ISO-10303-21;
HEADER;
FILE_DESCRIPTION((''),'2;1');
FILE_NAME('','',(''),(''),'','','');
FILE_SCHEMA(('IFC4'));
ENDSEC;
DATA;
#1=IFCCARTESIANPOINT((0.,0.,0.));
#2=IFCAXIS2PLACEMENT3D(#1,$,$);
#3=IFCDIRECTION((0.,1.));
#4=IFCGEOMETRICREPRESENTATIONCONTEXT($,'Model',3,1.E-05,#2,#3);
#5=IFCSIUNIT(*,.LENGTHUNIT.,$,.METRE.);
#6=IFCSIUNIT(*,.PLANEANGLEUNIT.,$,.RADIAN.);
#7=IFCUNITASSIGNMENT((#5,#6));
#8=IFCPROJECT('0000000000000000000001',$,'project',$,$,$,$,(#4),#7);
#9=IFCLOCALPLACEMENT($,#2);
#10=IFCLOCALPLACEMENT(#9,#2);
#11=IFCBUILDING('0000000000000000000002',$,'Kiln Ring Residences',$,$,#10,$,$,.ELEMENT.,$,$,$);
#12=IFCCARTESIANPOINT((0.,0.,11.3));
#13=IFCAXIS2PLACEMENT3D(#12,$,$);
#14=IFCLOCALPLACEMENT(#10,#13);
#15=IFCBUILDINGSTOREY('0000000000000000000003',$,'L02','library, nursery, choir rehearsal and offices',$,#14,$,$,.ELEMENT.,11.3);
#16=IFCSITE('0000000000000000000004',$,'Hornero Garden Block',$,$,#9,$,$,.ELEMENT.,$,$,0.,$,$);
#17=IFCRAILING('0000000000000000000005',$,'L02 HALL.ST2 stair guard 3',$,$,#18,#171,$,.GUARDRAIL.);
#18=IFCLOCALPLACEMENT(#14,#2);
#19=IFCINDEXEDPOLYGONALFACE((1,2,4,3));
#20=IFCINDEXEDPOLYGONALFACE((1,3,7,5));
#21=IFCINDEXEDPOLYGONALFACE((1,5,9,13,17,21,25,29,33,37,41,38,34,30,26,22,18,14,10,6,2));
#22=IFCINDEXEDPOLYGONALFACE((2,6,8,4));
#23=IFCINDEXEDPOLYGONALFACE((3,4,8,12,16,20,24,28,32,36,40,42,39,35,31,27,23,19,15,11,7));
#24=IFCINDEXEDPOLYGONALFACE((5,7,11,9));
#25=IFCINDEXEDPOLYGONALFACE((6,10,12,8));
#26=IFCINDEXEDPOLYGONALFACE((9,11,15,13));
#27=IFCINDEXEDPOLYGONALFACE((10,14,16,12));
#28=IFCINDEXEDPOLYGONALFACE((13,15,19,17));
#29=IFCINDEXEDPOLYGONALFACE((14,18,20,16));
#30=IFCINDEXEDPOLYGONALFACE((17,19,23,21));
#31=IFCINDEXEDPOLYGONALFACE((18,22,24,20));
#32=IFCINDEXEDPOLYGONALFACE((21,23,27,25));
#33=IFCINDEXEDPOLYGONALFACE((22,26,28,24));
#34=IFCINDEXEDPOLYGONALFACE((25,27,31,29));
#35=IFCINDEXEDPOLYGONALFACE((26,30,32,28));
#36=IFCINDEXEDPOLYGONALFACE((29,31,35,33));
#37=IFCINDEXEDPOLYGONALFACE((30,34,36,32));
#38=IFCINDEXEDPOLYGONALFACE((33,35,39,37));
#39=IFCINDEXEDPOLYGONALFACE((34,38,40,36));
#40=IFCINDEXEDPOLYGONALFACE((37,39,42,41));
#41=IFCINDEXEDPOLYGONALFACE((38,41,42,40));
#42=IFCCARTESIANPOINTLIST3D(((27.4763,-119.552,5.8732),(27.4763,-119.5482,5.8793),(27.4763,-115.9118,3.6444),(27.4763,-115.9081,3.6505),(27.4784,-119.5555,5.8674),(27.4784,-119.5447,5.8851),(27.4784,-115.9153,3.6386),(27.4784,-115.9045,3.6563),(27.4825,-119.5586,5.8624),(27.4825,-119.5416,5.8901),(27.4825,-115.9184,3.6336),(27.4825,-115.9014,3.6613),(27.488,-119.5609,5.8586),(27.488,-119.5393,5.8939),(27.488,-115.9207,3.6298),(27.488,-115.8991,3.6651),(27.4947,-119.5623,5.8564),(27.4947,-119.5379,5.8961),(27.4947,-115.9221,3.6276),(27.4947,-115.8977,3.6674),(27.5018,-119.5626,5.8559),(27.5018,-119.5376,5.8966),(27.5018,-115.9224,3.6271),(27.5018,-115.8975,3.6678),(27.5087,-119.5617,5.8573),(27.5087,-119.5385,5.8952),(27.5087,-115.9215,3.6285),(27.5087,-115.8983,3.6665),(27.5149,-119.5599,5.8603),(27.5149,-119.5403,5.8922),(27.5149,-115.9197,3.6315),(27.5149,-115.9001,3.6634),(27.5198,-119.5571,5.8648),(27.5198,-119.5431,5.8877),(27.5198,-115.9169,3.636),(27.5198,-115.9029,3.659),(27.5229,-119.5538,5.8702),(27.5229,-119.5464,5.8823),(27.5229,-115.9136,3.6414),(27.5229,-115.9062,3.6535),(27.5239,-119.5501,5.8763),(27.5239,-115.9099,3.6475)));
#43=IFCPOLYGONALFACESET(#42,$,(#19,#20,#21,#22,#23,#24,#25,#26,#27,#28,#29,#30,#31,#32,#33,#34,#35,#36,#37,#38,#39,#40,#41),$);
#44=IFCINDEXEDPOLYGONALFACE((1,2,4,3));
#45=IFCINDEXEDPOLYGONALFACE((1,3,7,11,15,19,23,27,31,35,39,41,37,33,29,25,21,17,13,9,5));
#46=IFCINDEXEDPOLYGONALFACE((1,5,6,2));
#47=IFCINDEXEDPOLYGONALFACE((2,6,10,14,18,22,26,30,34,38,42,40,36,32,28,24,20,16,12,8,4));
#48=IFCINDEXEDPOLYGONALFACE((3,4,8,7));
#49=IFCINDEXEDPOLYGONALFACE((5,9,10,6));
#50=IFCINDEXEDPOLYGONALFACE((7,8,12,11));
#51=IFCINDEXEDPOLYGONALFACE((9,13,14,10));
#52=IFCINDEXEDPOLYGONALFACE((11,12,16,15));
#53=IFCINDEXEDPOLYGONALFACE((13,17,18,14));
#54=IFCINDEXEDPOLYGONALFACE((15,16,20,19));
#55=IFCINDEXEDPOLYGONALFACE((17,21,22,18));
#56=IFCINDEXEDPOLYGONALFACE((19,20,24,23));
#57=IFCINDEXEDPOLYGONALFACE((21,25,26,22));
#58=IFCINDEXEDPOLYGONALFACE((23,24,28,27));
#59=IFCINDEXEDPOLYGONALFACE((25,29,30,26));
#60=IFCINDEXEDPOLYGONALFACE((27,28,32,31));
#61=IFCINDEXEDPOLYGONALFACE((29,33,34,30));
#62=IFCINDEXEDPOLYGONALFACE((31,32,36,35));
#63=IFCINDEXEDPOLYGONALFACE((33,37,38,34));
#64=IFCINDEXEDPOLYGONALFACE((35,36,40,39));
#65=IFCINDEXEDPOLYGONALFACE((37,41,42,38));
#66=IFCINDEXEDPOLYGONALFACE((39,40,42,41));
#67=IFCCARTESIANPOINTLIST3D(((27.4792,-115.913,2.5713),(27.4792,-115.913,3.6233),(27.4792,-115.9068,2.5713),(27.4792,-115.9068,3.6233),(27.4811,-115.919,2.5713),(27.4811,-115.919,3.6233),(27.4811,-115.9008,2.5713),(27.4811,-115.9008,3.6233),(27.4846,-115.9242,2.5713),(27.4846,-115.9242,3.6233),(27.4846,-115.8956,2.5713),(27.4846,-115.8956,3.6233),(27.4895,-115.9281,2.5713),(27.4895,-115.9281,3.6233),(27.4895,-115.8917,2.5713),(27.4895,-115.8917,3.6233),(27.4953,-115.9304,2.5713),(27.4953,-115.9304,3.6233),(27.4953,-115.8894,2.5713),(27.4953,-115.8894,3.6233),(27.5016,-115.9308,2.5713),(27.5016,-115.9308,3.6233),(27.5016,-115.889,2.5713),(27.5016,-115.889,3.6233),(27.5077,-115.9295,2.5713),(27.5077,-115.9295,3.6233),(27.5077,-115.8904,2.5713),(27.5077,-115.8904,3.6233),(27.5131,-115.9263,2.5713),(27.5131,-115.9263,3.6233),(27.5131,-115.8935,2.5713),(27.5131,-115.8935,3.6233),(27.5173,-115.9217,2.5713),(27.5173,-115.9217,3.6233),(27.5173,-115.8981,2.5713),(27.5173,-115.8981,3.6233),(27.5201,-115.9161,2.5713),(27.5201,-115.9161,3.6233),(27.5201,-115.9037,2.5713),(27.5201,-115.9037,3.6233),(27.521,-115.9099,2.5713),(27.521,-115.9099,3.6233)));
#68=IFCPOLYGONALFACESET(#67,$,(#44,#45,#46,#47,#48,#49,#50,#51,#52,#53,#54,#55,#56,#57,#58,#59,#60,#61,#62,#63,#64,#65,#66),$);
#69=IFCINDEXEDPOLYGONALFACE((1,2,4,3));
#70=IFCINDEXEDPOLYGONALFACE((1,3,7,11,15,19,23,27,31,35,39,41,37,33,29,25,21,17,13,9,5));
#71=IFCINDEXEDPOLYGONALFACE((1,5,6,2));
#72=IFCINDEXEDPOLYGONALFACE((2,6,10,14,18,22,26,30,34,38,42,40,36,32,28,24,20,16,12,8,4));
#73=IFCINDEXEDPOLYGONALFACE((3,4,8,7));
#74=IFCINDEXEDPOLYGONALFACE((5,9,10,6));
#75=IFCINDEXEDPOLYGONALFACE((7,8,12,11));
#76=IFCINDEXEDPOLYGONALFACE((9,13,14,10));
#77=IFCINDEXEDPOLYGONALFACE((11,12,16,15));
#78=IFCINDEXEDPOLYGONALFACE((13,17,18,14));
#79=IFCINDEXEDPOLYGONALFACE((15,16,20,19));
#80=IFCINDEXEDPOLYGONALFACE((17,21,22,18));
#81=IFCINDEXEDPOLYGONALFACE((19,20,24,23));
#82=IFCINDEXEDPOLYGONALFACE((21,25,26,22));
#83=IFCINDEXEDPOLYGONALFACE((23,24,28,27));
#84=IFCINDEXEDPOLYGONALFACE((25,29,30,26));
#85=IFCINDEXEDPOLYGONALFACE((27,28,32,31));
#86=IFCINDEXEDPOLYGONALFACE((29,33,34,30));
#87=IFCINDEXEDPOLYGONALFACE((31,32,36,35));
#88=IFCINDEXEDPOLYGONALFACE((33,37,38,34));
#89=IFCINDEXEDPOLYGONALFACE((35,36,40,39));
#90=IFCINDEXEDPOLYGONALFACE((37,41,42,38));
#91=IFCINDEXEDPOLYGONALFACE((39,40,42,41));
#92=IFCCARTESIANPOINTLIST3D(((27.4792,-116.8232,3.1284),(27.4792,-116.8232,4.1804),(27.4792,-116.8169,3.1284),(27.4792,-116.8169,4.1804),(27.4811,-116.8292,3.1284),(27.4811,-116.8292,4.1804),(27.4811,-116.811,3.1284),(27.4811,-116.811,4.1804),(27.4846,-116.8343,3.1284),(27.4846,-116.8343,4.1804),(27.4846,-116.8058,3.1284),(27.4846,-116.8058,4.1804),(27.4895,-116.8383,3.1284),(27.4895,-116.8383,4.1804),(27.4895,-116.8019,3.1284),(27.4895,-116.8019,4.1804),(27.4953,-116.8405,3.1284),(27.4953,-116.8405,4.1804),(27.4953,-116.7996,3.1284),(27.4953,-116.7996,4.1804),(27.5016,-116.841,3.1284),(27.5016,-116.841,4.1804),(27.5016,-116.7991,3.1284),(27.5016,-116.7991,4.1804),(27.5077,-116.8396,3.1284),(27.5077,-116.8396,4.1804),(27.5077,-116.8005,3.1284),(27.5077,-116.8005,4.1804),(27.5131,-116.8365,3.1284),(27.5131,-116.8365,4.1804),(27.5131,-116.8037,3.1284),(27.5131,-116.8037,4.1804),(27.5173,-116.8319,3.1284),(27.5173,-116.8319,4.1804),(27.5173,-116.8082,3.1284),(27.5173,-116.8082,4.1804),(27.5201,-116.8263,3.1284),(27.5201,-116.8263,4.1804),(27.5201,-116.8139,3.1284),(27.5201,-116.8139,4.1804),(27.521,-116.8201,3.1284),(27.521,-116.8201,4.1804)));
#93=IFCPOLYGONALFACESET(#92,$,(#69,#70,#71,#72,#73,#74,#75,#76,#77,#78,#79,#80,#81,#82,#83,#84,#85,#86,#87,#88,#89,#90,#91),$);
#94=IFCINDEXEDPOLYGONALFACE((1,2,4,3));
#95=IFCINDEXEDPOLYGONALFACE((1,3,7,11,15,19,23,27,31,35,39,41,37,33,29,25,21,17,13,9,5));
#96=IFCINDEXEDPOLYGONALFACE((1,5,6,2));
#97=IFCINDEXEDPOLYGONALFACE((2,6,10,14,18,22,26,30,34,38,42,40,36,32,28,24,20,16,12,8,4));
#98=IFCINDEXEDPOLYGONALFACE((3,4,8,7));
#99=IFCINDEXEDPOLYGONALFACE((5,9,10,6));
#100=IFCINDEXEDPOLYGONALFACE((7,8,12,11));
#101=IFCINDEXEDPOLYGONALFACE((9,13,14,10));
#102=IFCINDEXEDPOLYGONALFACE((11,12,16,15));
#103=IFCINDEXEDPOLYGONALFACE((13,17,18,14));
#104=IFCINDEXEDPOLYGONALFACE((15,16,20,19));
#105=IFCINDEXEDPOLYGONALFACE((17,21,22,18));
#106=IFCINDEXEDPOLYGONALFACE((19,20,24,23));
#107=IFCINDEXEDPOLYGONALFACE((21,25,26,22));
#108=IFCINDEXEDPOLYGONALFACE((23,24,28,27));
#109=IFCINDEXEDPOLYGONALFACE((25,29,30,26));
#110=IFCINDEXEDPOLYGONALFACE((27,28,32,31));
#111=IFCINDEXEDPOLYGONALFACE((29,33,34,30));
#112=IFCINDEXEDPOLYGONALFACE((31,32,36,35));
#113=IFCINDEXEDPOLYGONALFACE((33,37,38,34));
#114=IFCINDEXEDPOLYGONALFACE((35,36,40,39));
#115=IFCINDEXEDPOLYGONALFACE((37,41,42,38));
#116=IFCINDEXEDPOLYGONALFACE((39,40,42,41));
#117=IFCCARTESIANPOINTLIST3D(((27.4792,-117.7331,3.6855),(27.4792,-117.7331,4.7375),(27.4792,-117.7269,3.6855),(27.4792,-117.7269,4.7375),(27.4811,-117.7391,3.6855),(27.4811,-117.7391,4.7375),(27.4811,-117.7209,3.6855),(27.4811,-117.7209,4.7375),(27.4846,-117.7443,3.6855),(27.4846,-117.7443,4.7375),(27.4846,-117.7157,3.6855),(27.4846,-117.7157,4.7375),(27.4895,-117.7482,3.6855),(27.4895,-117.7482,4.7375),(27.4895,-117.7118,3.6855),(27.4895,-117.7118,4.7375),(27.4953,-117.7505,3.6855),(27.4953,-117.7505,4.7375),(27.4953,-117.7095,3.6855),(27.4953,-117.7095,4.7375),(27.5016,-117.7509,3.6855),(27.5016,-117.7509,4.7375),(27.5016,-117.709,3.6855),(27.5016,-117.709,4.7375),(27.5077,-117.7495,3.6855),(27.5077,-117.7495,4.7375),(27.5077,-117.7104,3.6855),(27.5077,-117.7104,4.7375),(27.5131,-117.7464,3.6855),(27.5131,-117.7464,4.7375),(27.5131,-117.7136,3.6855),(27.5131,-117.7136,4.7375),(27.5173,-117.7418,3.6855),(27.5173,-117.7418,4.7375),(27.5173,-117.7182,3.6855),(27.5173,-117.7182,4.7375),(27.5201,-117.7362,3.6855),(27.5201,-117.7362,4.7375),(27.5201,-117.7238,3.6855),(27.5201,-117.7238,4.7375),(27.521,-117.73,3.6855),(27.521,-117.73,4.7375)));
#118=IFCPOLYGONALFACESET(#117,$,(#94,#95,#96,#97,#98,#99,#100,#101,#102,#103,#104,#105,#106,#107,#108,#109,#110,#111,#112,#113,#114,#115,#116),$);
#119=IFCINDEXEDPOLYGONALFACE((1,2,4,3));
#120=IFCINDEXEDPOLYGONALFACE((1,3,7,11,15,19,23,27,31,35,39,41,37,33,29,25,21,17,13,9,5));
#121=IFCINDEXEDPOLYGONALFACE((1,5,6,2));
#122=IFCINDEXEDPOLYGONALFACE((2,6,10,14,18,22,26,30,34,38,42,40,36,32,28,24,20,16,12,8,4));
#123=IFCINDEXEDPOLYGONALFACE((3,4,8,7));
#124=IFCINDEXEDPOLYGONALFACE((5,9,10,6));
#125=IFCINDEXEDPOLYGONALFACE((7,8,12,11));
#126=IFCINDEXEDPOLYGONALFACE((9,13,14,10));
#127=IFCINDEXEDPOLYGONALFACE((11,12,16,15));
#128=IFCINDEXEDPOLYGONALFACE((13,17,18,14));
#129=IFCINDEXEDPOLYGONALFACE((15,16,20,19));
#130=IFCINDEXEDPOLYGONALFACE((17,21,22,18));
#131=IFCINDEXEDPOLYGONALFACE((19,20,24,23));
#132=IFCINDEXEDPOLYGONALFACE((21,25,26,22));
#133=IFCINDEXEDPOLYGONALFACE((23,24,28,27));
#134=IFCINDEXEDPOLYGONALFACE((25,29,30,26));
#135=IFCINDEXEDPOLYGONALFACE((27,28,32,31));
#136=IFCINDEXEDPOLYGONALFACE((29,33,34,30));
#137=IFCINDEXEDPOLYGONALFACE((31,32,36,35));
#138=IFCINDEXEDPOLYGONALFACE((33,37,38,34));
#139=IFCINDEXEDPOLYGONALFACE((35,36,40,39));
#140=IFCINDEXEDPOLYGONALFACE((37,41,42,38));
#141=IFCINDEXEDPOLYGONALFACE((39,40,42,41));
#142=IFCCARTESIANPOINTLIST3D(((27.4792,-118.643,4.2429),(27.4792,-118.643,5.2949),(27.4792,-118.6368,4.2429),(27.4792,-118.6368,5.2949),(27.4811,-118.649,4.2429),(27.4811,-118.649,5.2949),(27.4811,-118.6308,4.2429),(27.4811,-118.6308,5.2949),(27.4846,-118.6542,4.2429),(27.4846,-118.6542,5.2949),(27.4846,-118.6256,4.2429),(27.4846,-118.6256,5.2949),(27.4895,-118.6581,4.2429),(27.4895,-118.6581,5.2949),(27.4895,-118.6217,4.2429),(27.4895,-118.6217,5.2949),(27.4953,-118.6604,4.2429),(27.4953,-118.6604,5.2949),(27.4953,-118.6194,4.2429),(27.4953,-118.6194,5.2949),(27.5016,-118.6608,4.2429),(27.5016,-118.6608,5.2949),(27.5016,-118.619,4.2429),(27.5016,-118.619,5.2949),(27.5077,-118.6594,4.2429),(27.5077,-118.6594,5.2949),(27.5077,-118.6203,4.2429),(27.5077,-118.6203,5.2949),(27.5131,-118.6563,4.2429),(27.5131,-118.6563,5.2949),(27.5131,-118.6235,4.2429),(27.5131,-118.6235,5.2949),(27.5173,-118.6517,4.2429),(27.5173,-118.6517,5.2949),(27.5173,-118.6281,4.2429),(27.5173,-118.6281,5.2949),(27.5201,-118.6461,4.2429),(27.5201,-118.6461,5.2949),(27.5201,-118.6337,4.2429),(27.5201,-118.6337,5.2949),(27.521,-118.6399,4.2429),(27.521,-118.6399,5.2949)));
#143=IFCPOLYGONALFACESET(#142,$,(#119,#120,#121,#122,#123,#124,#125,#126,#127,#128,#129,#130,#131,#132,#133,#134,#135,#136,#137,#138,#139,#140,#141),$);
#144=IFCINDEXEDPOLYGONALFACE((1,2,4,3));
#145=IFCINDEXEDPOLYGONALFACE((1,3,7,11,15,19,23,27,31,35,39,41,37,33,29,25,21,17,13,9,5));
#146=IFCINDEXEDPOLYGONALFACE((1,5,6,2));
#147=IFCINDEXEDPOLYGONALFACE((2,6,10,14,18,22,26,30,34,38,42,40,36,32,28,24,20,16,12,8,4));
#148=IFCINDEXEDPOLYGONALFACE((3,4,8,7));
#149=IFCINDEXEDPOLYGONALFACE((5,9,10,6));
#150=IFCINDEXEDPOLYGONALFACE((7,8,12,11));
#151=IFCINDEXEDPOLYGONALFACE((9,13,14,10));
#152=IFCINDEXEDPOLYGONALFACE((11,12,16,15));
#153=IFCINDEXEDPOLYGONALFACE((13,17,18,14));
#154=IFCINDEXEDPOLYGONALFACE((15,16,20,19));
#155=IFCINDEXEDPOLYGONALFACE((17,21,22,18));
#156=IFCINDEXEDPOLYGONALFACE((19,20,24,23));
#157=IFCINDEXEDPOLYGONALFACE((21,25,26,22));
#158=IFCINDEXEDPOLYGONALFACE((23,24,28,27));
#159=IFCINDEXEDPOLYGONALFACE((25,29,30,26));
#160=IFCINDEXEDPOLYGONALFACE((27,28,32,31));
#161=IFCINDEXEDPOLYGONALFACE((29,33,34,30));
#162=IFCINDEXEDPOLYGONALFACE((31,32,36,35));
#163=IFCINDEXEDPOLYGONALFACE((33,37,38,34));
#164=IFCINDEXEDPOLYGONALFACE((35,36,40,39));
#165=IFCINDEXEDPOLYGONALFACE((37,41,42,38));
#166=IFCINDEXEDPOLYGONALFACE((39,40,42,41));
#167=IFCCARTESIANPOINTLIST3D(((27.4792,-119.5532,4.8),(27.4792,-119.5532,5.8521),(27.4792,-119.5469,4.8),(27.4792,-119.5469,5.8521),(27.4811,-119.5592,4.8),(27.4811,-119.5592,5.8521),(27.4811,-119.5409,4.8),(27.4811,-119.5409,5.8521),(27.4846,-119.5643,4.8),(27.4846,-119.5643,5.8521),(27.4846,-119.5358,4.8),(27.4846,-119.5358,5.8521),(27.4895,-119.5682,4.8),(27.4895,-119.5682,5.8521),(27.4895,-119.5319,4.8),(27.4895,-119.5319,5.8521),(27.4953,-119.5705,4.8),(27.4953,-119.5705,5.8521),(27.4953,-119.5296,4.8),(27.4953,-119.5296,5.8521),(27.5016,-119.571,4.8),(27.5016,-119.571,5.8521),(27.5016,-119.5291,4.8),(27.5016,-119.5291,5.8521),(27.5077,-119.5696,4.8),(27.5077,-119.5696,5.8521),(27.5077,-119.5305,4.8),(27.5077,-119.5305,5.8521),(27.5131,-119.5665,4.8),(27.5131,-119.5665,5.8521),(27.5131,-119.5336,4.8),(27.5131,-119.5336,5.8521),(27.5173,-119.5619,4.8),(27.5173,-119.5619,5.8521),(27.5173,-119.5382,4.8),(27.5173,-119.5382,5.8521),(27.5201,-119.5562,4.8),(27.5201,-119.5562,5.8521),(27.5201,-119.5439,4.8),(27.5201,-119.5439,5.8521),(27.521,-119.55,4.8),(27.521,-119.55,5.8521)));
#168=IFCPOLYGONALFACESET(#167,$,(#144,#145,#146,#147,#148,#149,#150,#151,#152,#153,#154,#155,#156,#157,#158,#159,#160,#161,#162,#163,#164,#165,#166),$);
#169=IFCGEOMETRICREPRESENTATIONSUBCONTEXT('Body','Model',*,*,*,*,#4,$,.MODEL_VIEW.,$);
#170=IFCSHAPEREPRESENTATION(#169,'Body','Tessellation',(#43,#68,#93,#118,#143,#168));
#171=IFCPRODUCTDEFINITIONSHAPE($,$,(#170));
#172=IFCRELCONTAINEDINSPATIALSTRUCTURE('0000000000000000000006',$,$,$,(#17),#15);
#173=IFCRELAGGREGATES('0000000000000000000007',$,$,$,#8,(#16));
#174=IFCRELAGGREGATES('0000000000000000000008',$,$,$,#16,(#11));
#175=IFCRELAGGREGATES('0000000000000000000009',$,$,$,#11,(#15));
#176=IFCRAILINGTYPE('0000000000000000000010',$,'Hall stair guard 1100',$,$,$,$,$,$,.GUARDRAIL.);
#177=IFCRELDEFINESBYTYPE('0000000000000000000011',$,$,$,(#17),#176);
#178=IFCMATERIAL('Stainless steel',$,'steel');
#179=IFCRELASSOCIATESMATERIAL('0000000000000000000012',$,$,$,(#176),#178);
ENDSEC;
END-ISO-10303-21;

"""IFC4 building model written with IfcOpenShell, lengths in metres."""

from ifc_helpers import new_model, si_unit, direction, frame, origin, origin_2d, place, context, subcontext, project, spatial, circle, extrude, material, type_object, element, save


model = new_model("IFC4")

# Units and contexts
model_context = context("Model", 3, precision=1e-05, world=origin(), true_north=direction((0.0, 1.0)))
body_context = subcontext(model_context, "Body", "Model", "MODEL_VIEW")
ifc_project = project(units=[si_unit("LENGTHUNIT", "METRE"), si_unit("PLANEANGLEUNIT", "RADIAN")], contexts=[model_context])

# Site, building, storey
site_placement = place(None, origin())
site = spatial("IfcSite", under=ifc_project, at=site_placement, Name="Hornero Garden Block", CompositionType="ELEMENT", RefElevation=0.0)
building_placement = place(site_placement, origin())
building = spatial("IfcBuilding", under=site, at=building_placement, Name="Kiln Ring Residences", CompositionType="ELEMENT")
storey_placement = place(building_placement, frame((0.0, 0.0, 11.3)))
storey = spatial("IfcBuildingStorey", under=building, at=storey_placement, Name="L02", Description="library, nursery, choir rehearsal and offices", CompositionType="ELEMENT", Elevation=11.3)

# Railing
ifc_material_1 = material(Name="Stainless steel", Category="steel")
railing_type_1 = type_object("IfcRailingType", Name="Hall stair guard 1100", PredefinedType="GUARDRAIL", material=ifc_material_1)
railing_1_placement = place(storey_placement, frame((27.5, -115.9099, 2.5713)))
element("IfcRailing", 1, at=railing_1_placement, inside=storey, type_object=railing_type_1, Name="L02 HALL.ST2 stair guard 3", PredefinedType="GUARDRAIL", context=body_context, shape_type="SweptSolid", body=[
    extrude(circle(Radius=0.0239, at=origin_2d()), frame((0.0, 0.0, 1.0762), z_axis=(0.0, -0.85284, 0.522172), x_axis=(1.0, 0.0, 0.0)), (0.0, 0.0, 1.0), 4.2683),
    extrude(circle(Radius=0.021, at=origin_2d()), origin(), (0.0, 0.0, 1.0), 1.052),
    extrude(circle(Radius=0.021, at=origin_2d()), frame((0.0, -0.9102, 0.5571)), (0.0, 0.0, 1.0), 1.052),
    extrude(circle(Radius=0.021, at=origin_2d()), frame((0.0, -1.8201, 1.1143)), (0.0, 0.0, 1.0), 1.052),
    extrude(circle(Radius=0.021, at=origin_2d()), frame((0.0, -2.73, 1.6716)), (0.0, 0.0, 1.0), 1.052),
    extrude(circle(Radius=0.021, at=origin_2d()), frame((0.0, -3.6401, 2.2288)), (0.0, 0.0, 1.0), 1.052),
])

save(model, "model.ifc")
